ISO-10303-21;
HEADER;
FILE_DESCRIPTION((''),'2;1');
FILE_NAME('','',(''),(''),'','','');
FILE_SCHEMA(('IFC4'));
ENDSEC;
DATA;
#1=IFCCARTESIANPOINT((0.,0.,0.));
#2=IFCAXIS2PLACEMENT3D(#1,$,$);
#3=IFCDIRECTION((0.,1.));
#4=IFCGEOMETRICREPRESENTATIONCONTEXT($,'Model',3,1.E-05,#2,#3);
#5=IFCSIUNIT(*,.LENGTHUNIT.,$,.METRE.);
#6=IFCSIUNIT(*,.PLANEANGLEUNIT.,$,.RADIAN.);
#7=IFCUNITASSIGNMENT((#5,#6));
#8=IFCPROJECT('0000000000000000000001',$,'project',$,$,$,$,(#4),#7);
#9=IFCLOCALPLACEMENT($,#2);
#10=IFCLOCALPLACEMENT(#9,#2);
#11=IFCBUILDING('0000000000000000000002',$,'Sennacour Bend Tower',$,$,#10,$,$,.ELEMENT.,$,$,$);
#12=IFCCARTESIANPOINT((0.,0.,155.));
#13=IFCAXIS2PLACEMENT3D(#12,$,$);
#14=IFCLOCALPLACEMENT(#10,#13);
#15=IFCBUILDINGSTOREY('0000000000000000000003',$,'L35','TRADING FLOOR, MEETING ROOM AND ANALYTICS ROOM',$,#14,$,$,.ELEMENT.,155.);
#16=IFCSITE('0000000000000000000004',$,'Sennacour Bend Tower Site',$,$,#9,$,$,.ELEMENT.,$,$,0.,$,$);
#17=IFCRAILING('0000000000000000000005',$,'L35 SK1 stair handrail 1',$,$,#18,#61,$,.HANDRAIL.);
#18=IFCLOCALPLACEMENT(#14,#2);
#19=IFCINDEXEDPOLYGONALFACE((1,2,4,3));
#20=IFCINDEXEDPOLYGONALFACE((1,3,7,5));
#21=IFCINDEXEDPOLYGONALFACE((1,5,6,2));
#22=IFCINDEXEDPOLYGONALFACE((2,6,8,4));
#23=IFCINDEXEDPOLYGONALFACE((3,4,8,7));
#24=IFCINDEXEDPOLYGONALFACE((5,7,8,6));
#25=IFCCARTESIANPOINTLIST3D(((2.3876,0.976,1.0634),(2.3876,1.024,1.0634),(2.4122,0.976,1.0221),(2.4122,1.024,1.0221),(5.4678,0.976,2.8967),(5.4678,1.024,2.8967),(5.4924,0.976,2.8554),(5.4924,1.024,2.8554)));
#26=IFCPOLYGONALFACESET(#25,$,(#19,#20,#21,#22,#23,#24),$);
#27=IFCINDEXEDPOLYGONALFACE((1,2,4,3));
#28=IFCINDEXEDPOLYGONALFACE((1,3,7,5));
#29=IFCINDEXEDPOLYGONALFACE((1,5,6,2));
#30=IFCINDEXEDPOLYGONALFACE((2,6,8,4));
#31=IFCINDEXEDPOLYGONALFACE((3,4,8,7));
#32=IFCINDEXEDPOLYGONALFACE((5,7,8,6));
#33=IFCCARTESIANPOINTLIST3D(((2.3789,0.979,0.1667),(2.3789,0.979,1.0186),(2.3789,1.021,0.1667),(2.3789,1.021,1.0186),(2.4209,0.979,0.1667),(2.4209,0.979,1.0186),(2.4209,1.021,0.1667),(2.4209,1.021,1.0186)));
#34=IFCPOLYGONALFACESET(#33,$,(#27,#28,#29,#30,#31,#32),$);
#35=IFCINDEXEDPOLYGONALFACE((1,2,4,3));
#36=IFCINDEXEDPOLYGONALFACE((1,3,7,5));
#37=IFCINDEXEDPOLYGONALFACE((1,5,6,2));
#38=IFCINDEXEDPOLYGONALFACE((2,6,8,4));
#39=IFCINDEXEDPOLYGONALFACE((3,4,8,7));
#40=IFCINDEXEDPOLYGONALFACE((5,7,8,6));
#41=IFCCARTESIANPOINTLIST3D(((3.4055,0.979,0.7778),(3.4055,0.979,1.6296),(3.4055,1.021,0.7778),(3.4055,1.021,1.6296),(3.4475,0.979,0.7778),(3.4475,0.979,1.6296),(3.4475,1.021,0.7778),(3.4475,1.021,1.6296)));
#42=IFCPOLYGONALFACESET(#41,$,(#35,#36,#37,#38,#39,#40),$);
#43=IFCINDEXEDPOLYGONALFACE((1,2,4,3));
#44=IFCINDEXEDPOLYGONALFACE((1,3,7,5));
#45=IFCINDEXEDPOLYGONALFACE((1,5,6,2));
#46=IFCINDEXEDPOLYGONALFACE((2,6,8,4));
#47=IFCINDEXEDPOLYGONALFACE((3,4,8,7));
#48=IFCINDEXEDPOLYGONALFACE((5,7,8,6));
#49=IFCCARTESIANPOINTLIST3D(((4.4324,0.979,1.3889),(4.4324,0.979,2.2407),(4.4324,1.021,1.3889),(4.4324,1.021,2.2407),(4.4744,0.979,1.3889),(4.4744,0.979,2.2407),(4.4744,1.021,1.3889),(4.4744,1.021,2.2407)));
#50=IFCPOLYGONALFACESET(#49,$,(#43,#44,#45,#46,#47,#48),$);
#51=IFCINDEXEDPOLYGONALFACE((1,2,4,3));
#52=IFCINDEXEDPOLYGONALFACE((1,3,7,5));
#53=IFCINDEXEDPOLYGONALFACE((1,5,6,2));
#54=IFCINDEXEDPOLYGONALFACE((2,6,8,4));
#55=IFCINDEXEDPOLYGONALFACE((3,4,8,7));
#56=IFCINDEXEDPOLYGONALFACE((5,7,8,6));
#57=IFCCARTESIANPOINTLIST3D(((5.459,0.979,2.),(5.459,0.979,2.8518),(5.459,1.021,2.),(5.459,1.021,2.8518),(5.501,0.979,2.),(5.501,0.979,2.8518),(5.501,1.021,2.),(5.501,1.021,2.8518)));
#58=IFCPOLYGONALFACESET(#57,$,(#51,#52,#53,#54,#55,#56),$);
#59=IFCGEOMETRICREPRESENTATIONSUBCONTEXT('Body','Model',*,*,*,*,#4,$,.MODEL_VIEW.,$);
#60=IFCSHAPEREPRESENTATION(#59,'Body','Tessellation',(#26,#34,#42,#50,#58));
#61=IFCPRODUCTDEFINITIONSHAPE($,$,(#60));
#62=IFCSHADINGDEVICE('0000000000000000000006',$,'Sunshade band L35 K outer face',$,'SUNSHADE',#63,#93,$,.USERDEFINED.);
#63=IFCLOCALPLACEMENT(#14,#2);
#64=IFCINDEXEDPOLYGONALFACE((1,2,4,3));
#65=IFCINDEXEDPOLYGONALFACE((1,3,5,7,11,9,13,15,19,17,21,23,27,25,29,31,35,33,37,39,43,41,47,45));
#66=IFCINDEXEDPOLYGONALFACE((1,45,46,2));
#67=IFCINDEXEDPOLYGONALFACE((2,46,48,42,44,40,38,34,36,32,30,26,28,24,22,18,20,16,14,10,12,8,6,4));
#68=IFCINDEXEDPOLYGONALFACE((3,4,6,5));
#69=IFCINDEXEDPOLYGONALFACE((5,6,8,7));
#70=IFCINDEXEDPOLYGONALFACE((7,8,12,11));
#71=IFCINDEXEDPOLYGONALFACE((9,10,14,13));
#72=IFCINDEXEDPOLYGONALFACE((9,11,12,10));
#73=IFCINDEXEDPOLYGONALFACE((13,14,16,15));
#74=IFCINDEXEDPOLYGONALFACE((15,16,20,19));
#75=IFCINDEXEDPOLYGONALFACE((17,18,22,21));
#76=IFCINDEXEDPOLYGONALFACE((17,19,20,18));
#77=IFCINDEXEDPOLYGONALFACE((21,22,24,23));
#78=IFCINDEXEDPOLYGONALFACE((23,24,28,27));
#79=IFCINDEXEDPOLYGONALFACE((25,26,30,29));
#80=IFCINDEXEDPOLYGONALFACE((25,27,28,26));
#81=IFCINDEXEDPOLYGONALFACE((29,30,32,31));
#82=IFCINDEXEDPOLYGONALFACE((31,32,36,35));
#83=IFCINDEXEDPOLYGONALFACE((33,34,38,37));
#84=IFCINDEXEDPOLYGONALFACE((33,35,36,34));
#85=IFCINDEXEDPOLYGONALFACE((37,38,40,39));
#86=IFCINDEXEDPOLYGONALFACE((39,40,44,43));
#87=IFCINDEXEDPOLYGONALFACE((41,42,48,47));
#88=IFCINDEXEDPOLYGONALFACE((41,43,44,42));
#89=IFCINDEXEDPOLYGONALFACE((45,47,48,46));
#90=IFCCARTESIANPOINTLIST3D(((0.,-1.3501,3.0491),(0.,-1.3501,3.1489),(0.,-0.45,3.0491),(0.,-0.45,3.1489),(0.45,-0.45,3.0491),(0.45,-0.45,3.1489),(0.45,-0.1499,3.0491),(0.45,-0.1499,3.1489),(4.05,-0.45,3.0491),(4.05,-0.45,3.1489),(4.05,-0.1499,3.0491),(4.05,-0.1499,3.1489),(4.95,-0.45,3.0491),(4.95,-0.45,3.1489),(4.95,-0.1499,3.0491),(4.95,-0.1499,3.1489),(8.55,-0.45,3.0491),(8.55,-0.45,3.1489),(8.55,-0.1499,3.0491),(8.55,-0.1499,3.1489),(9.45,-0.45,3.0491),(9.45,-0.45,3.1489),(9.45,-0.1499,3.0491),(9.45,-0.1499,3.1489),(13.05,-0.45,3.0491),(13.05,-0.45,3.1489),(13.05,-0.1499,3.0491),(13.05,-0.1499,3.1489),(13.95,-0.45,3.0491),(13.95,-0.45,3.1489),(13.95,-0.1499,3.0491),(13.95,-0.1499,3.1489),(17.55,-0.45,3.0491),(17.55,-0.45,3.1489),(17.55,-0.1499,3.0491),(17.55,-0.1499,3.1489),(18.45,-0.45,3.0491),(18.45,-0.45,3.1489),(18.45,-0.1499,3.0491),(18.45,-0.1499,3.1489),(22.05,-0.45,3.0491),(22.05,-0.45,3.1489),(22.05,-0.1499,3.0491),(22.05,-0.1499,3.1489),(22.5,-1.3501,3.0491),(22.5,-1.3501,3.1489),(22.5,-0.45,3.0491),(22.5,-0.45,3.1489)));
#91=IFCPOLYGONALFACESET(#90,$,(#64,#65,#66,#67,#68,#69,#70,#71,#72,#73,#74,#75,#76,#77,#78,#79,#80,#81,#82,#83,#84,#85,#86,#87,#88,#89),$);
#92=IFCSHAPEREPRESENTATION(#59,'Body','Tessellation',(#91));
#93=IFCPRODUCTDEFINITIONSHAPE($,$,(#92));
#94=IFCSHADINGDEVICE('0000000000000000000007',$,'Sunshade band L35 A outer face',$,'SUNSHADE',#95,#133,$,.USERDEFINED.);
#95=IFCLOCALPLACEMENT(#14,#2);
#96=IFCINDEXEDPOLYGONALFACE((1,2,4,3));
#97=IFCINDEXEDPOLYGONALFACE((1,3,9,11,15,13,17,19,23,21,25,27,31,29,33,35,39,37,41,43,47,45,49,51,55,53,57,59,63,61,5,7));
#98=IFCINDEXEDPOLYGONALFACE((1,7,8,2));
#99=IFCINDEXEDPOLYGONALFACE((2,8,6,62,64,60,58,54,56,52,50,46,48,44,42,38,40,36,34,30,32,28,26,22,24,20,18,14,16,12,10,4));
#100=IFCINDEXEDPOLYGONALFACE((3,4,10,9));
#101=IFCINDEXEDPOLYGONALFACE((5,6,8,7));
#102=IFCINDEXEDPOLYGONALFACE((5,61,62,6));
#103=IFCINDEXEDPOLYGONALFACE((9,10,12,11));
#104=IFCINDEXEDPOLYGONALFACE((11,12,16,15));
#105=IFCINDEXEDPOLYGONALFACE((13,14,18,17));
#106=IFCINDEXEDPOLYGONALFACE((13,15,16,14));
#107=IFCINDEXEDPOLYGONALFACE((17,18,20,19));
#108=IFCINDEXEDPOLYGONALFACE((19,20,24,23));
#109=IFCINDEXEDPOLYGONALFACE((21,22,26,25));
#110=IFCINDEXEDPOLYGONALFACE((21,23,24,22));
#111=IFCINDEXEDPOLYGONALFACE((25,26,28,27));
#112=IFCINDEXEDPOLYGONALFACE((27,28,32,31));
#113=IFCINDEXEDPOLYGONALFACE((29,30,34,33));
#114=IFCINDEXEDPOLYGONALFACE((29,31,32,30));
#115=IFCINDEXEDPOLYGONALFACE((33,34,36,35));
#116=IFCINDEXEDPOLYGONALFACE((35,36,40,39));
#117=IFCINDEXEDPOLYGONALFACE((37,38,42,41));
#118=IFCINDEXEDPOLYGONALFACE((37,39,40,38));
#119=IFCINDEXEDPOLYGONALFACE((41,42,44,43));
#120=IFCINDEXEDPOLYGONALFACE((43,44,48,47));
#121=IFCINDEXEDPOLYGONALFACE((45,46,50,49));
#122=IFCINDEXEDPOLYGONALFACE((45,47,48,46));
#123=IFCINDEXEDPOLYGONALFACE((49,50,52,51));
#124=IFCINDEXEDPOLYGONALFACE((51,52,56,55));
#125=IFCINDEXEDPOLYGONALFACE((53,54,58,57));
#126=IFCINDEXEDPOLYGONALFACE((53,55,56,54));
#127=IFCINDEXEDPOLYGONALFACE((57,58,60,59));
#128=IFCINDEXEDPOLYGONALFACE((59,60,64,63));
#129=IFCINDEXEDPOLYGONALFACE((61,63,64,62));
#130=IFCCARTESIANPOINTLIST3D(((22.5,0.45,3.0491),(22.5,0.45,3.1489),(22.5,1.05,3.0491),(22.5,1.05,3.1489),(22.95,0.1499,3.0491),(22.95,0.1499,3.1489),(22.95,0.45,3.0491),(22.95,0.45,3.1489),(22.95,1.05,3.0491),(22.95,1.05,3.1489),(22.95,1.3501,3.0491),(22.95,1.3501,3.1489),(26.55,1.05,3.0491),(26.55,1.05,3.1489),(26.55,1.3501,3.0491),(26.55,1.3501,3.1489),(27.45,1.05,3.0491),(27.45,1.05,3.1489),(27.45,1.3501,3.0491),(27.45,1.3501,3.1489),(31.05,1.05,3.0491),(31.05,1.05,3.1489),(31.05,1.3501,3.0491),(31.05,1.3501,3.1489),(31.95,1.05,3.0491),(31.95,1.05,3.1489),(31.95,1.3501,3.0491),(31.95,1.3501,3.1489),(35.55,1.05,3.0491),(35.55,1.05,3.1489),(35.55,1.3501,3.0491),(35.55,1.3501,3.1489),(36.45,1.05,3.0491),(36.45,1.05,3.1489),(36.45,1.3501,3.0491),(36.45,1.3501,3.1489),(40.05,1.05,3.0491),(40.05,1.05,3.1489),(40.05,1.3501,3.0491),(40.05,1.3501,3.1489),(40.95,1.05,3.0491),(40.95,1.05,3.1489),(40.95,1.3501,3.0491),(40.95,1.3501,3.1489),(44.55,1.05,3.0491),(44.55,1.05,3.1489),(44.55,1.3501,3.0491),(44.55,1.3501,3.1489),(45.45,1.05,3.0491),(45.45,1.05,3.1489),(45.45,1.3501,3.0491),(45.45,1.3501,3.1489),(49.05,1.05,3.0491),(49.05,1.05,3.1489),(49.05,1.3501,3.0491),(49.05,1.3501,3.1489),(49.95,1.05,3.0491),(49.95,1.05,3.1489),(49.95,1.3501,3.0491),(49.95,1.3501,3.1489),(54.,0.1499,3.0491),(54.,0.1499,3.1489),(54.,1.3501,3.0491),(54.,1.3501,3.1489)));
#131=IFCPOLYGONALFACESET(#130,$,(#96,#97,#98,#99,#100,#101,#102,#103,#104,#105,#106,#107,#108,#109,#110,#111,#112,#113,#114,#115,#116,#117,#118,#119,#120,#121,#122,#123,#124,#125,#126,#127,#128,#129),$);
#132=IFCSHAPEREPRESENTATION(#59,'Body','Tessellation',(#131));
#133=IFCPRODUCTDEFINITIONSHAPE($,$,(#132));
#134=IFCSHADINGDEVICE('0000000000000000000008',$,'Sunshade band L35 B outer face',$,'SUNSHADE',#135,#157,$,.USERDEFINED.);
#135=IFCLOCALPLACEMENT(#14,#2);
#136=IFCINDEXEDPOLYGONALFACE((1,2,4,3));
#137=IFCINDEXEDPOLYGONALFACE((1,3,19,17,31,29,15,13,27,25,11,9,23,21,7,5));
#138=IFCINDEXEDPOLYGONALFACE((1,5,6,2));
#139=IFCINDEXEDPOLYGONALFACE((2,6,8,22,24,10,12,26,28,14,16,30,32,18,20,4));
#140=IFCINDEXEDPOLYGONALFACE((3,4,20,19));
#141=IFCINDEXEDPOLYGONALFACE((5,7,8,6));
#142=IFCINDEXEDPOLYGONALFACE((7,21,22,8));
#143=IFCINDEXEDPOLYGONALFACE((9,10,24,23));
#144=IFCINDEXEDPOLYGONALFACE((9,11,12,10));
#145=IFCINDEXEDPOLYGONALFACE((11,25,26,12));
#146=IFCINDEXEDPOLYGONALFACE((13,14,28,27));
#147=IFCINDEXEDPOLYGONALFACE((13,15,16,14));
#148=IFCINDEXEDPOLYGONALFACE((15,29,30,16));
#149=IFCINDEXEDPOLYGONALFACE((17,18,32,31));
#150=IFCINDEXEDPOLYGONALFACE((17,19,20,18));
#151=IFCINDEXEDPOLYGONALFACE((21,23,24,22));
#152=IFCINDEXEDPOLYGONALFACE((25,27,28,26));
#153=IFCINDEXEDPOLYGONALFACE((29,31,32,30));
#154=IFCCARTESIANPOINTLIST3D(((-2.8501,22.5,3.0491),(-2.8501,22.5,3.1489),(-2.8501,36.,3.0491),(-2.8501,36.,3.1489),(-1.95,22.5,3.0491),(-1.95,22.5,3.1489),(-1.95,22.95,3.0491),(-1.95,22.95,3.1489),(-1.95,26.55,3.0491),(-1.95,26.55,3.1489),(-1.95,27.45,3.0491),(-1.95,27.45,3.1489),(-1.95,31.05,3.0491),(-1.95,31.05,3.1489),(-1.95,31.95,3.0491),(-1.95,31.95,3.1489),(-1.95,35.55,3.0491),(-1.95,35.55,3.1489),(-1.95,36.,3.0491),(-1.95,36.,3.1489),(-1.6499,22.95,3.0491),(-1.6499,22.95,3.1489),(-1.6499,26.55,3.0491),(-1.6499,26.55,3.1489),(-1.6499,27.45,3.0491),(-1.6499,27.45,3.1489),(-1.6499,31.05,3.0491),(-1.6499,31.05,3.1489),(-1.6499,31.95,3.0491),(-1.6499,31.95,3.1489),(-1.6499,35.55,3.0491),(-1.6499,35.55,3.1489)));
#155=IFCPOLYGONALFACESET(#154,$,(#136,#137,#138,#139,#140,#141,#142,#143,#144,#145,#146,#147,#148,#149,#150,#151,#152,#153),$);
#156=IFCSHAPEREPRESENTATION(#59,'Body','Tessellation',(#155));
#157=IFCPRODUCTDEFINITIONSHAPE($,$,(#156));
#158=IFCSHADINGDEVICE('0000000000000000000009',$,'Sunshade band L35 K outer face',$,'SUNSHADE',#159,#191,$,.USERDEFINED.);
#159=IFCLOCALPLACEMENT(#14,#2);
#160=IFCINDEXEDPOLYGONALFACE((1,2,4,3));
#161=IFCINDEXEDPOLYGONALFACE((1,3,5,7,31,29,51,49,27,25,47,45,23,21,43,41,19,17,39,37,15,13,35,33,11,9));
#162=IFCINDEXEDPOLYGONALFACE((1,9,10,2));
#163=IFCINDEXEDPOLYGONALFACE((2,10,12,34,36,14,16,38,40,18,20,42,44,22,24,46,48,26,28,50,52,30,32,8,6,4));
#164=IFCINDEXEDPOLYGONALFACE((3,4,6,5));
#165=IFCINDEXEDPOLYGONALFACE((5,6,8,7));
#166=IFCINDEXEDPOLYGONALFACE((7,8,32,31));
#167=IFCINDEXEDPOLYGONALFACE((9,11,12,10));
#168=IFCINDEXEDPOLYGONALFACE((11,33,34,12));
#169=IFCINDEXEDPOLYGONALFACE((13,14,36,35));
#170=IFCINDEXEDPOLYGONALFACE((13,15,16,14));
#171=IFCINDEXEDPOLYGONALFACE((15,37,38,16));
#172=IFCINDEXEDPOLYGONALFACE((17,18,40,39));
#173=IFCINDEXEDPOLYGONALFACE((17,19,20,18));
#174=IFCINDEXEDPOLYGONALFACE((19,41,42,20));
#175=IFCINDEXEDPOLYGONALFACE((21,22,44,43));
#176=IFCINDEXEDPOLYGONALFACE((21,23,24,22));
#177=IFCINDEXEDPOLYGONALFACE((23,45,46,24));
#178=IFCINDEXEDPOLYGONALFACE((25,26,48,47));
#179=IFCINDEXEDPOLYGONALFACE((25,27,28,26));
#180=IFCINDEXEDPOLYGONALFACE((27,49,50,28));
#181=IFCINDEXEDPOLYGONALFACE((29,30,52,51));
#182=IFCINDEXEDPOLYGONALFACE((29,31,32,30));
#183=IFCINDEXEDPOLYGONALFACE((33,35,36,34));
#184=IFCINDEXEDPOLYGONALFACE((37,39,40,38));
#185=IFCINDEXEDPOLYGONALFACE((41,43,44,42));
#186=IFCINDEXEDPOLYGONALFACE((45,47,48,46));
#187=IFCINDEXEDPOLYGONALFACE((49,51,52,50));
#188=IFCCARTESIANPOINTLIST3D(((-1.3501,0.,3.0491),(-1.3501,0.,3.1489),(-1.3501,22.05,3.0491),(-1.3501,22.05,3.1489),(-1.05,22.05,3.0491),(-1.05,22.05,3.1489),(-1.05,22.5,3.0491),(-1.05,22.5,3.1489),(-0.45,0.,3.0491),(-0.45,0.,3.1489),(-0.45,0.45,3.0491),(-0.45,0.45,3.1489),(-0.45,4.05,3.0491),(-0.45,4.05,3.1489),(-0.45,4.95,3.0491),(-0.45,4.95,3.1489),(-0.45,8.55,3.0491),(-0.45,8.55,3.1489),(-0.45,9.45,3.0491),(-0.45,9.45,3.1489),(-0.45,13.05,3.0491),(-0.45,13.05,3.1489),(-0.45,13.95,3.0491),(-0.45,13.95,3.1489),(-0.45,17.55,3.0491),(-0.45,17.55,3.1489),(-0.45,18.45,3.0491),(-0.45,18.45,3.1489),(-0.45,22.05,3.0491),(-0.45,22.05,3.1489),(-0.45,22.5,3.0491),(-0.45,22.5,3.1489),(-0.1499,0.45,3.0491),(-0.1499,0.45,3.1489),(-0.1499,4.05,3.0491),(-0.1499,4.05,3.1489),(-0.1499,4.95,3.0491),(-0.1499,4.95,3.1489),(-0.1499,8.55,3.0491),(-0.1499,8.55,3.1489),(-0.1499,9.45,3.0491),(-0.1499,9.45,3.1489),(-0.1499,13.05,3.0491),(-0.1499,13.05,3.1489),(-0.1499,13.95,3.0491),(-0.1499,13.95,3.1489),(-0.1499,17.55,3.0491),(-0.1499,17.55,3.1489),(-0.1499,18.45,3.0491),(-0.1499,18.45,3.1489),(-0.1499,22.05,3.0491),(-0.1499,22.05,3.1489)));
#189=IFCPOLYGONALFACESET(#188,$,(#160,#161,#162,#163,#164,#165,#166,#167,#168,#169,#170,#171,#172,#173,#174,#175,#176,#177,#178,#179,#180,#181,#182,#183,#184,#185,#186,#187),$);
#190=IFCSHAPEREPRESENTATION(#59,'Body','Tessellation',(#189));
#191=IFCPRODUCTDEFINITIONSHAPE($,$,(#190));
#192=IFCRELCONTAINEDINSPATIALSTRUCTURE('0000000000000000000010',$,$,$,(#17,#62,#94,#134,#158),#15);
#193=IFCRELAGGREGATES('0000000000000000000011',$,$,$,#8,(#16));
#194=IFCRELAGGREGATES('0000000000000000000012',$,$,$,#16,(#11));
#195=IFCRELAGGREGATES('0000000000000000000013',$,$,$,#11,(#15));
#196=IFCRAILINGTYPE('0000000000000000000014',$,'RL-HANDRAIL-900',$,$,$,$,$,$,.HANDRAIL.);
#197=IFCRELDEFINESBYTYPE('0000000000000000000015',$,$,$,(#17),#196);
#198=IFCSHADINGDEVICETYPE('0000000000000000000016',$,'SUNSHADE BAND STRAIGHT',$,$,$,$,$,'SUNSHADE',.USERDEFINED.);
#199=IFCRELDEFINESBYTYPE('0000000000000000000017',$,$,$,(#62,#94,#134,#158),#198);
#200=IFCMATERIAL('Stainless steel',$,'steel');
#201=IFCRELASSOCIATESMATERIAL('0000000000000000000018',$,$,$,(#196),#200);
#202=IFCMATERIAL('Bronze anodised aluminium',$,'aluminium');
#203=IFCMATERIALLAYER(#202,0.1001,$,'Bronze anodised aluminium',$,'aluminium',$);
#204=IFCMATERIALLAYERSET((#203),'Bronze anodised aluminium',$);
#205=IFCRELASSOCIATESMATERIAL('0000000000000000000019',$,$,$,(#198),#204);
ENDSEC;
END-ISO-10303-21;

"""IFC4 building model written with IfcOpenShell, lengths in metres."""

from ifc_helpers import new_model, si_unit, direction, frame, origin, origin_2d, place, context, subcontext, project, spatial, polyline, rectangle, outline, extrude, material, layer, layer_set, type_object, element, save


model = new_model("IFC4")

# Units and contexts
model_context = context("Model", 3, precision=1e-05, world=origin(), true_north=direction((0.0, 1.0)))
body_context = subcontext(model_context, "Body", "Model", "MODEL_VIEW")
ifc_project = project(units=[si_unit("LENGTHUNIT", "METRE"), si_unit("PLANEANGLEUNIT", "RADIAN")], contexts=[model_context])

# Site, building, storey
site_placement = place(None, origin())
site = spatial("IfcSite", under=ifc_project, at=site_placement, Name="Sennacour Bend Tower Site", CompositionType="ELEMENT", RefElevation=0.0)
building_placement = place(site_placement, origin())
building = spatial("IfcBuilding", under=site, at=building_placement, Name="Sennacour Bend Tower", CompositionType="ELEMENT")
storey_placement = place(building_placement, frame((0.0, 0.0, 155.0)))
storey = spatial("IfcBuildingStorey", under=building, at=storey_placement, Name="L35", Description="TRADING FLOOR, MEETING ROOM AND ANALYTICS ROOM", CompositionType="ELEMENT", Elevation=155.0)

# Railing
ifc_material_1 = material(Name="Stainless steel", Category="steel")
railing_type = type_object("IfcRailingType", Name="RL-HANDRAIL-900", PredefinedType="HANDRAIL", material=ifc_material_1)
railing_placement = place(storey_placement, frame((2.3999, 1.0, 0.1667)))
element("IfcRailing", 1, at=railing_placement, inside=storey, type_object=railing_type, Name="L35 SK1 stair handrail 1", PredefinedType="HANDRAIL", context=body_context, shape_type="SweptSolid", body=[
    extrude(rectangle(XDim=0.0481, YDim=0.0481, at=origin_2d()), frame((0.0, 0.0, 0.876), z_axis=(0.859309, 0.0, 0.511458), x_axis=(0.0, 1.0, 0.0)), (0.0, 0.0, 1.0), 3.5845),
    extrude(rectangle(XDim=0.042, YDim=0.042, at=origin_2d()), origin(), (0.0, 0.0, 1.0), 0.8518),
    extrude(rectangle(XDim=0.042, YDim=0.042, at=origin_2d()), frame((1.0266, 0.0, 0.6111)), (0.0, 0.0, 1.0), 0.8518),
    extrude(rectangle(XDim=0.042, YDim=0.042, at=origin_2d()), frame((2.0535, 0.0, 1.2222)), (0.0, 0.0, 1.0), 0.8518),
    extrude(rectangle(XDim=0.042, YDim=0.042, at=origin_2d()), frame((3.0801, 0.0, 1.8333)), (0.0, 0.0, 1.0), 0.8518),
])

# Shading devices
ifc_material_2 = material(Name="Bronze anodised aluminium", Category="aluminium")
ifc_layer_1 = layer(ifc_material_2, 0.1001, Name="Bronze anodised aluminium", Category="aluminium")
ifc_layer_set_1 = layer_set([ifc_layer_1], Name="Bronze anodised aluminium")
shading_device_type_1 = type_object("IfcShadingDeviceType", Name="SUNSHADE BAND STRAIGHT", ElementType="SUNSHADE", PredefinedType="USERDEFINED", material=ifc_layer_set_1)
shading_device_1_placement = place(storey_placement, frame((0.0, 0.0, 3.0491)))
element("IfcShadingDevice", 2, at=shading_device_1_placement, inside=storey, type_object=shading_device_type_1, Name="Sunshade band L35 K outer face", ObjectType="SUNSHADE", PredefinedType="USERDEFINED", context=body_context, shape_type="SweptSolid", body=[
    extrude(outline(polyline([(4.05, -0.1499), (4.05, -0.45), (4.95, -0.45), (4.95, -0.1499), (8.55, -0.1499), (8.55, -0.45), (9.45, -0.45), (9.45, -0.1499), (13.05, -0.1499), (13.05, -0.45), (13.95, -0.45), (13.95, -0.1499), (17.55, -0.1499), (17.55, -0.45), (18.45, -0.45), (18.45, -0.1499), (22.05, -0.1499), (22.05, -0.45), (22.5, -0.45), (22.5, -1.3501), (0.0, -1.3501), (0.0, -0.45), (0.45, -0.45), (0.45, -0.1499), (4.05, -0.1499)])), origin(), (0.0, 0.0, 1.0), 0.0999),
])
shading_device_2_placement = place(storey_placement, frame((0.0, 0.0, 3.0491)))
element("IfcShadingDevice", 3, at=shading_device_2_placement, inside=storey, type_object=shading_device_type_1, Name="Sunshade band L35 A outer face", ObjectType="SUNSHADE", PredefinedType="USERDEFINED", context=body_context, shape_type="SweptSolid", body=[
    extrude(outline(polyline([(26.55, 1.3501), (26.55, 1.05), (27.45, 1.05), (27.45, 1.3501), (31.05, 1.3501), (31.05, 1.05), (31.95, 1.05), (31.95, 1.3501), (35.55, 1.3501), (35.55, 1.05), (36.45, 1.05), (36.45, 1.3501), (40.05, 1.3501), (40.05, 1.05), (40.95, 1.05), (40.95, 1.3501), (44.55, 1.3501), (44.55, 1.05), (45.45, 1.05), (45.45, 1.3501), (49.05, 1.3501), (49.05, 1.05), (49.95, 1.05), (49.95, 1.3501), (54.0, 1.3501), (54.0, 0.1499), (22.95, 0.1499), (22.95, 0.45), (22.5, 0.45), (22.5, 1.05), (22.95, 1.05), (22.95, 1.3501), (26.55, 1.3501)])), origin(), (0.0, 0.0, 1.0), 0.0999),
])
shading_device_3_placement = place(storey_placement, frame((0.0, 0.0, 3.0491)))
element("IfcShadingDevice", 4, at=shading_device_3_placement, inside=storey, type_object=shading_device_type_1, Name="Sunshade band L35 B outer face", ObjectType="SUNSHADE", PredefinedType="USERDEFINED", context=body_context, shape_type="SweptSolid", body=[
    extrude(outline(polyline([(-1.6499, 31.95), (-1.95, 31.95), (-1.95, 31.05), (-1.6499, 31.05), (-1.6499, 27.45), (-1.95, 27.45), (-1.95, 26.55), (-1.6499, 26.55), (-1.6499, 22.95), (-1.95, 22.95), (-1.95, 22.5), (-2.8501, 22.5), (-2.8501, 36.0), (-1.95, 36.0), (-1.95, 35.55), (-1.6499, 35.55), (-1.6499, 31.95)])), origin(), (0.0, 0.0, 1.0), 0.0999),
])
shading_device_4_placement = place(storey_placement, frame((0.0, 0.0, 3.0491)))
element("IfcShadingDevice", 5, at=shading_device_4_placement, inside=storey, type_object=shading_device_type_1, Name="Sunshade band L35 K outer face", ObjectType="SUNSHADE", PredefinedType="USERDEFINED", context=body_context, shape_type="SweptSolid", body=[
    extrude(outline(polyline([(-0.1499, 18.45), (-0.45, 18.45), (-0.45, 17.55), (-0.1499, 17.55), (-0.1499, 13.95), (-0.45, 13.95), (-0.45, 13.05), (-0.1499, 13.05), (-0.1499, 9.45), (-0.45, 9.45), (-0.45, 8.55), (-0.1499, 8.55), (-0.1499, 4.95), (-0.45, 4.95), (-0.45, 4.05), (-0.1499, 4.05), (-0.1499, 0.45), (-0.45, 0.45), (-0.45, 0.0), (-1.3501, 0.0), (-1.3501, 22.05), (-1.05, 22.05), (-1.05, 22.5), (-0.45, 22.5), (-0.45, 22.05), (-0.1499, 22.05), (-0.1499, 18.45)])), origin(), (0.0, 0.0, 1.0), 0.0999),
])

save(model, "model.ifc")
